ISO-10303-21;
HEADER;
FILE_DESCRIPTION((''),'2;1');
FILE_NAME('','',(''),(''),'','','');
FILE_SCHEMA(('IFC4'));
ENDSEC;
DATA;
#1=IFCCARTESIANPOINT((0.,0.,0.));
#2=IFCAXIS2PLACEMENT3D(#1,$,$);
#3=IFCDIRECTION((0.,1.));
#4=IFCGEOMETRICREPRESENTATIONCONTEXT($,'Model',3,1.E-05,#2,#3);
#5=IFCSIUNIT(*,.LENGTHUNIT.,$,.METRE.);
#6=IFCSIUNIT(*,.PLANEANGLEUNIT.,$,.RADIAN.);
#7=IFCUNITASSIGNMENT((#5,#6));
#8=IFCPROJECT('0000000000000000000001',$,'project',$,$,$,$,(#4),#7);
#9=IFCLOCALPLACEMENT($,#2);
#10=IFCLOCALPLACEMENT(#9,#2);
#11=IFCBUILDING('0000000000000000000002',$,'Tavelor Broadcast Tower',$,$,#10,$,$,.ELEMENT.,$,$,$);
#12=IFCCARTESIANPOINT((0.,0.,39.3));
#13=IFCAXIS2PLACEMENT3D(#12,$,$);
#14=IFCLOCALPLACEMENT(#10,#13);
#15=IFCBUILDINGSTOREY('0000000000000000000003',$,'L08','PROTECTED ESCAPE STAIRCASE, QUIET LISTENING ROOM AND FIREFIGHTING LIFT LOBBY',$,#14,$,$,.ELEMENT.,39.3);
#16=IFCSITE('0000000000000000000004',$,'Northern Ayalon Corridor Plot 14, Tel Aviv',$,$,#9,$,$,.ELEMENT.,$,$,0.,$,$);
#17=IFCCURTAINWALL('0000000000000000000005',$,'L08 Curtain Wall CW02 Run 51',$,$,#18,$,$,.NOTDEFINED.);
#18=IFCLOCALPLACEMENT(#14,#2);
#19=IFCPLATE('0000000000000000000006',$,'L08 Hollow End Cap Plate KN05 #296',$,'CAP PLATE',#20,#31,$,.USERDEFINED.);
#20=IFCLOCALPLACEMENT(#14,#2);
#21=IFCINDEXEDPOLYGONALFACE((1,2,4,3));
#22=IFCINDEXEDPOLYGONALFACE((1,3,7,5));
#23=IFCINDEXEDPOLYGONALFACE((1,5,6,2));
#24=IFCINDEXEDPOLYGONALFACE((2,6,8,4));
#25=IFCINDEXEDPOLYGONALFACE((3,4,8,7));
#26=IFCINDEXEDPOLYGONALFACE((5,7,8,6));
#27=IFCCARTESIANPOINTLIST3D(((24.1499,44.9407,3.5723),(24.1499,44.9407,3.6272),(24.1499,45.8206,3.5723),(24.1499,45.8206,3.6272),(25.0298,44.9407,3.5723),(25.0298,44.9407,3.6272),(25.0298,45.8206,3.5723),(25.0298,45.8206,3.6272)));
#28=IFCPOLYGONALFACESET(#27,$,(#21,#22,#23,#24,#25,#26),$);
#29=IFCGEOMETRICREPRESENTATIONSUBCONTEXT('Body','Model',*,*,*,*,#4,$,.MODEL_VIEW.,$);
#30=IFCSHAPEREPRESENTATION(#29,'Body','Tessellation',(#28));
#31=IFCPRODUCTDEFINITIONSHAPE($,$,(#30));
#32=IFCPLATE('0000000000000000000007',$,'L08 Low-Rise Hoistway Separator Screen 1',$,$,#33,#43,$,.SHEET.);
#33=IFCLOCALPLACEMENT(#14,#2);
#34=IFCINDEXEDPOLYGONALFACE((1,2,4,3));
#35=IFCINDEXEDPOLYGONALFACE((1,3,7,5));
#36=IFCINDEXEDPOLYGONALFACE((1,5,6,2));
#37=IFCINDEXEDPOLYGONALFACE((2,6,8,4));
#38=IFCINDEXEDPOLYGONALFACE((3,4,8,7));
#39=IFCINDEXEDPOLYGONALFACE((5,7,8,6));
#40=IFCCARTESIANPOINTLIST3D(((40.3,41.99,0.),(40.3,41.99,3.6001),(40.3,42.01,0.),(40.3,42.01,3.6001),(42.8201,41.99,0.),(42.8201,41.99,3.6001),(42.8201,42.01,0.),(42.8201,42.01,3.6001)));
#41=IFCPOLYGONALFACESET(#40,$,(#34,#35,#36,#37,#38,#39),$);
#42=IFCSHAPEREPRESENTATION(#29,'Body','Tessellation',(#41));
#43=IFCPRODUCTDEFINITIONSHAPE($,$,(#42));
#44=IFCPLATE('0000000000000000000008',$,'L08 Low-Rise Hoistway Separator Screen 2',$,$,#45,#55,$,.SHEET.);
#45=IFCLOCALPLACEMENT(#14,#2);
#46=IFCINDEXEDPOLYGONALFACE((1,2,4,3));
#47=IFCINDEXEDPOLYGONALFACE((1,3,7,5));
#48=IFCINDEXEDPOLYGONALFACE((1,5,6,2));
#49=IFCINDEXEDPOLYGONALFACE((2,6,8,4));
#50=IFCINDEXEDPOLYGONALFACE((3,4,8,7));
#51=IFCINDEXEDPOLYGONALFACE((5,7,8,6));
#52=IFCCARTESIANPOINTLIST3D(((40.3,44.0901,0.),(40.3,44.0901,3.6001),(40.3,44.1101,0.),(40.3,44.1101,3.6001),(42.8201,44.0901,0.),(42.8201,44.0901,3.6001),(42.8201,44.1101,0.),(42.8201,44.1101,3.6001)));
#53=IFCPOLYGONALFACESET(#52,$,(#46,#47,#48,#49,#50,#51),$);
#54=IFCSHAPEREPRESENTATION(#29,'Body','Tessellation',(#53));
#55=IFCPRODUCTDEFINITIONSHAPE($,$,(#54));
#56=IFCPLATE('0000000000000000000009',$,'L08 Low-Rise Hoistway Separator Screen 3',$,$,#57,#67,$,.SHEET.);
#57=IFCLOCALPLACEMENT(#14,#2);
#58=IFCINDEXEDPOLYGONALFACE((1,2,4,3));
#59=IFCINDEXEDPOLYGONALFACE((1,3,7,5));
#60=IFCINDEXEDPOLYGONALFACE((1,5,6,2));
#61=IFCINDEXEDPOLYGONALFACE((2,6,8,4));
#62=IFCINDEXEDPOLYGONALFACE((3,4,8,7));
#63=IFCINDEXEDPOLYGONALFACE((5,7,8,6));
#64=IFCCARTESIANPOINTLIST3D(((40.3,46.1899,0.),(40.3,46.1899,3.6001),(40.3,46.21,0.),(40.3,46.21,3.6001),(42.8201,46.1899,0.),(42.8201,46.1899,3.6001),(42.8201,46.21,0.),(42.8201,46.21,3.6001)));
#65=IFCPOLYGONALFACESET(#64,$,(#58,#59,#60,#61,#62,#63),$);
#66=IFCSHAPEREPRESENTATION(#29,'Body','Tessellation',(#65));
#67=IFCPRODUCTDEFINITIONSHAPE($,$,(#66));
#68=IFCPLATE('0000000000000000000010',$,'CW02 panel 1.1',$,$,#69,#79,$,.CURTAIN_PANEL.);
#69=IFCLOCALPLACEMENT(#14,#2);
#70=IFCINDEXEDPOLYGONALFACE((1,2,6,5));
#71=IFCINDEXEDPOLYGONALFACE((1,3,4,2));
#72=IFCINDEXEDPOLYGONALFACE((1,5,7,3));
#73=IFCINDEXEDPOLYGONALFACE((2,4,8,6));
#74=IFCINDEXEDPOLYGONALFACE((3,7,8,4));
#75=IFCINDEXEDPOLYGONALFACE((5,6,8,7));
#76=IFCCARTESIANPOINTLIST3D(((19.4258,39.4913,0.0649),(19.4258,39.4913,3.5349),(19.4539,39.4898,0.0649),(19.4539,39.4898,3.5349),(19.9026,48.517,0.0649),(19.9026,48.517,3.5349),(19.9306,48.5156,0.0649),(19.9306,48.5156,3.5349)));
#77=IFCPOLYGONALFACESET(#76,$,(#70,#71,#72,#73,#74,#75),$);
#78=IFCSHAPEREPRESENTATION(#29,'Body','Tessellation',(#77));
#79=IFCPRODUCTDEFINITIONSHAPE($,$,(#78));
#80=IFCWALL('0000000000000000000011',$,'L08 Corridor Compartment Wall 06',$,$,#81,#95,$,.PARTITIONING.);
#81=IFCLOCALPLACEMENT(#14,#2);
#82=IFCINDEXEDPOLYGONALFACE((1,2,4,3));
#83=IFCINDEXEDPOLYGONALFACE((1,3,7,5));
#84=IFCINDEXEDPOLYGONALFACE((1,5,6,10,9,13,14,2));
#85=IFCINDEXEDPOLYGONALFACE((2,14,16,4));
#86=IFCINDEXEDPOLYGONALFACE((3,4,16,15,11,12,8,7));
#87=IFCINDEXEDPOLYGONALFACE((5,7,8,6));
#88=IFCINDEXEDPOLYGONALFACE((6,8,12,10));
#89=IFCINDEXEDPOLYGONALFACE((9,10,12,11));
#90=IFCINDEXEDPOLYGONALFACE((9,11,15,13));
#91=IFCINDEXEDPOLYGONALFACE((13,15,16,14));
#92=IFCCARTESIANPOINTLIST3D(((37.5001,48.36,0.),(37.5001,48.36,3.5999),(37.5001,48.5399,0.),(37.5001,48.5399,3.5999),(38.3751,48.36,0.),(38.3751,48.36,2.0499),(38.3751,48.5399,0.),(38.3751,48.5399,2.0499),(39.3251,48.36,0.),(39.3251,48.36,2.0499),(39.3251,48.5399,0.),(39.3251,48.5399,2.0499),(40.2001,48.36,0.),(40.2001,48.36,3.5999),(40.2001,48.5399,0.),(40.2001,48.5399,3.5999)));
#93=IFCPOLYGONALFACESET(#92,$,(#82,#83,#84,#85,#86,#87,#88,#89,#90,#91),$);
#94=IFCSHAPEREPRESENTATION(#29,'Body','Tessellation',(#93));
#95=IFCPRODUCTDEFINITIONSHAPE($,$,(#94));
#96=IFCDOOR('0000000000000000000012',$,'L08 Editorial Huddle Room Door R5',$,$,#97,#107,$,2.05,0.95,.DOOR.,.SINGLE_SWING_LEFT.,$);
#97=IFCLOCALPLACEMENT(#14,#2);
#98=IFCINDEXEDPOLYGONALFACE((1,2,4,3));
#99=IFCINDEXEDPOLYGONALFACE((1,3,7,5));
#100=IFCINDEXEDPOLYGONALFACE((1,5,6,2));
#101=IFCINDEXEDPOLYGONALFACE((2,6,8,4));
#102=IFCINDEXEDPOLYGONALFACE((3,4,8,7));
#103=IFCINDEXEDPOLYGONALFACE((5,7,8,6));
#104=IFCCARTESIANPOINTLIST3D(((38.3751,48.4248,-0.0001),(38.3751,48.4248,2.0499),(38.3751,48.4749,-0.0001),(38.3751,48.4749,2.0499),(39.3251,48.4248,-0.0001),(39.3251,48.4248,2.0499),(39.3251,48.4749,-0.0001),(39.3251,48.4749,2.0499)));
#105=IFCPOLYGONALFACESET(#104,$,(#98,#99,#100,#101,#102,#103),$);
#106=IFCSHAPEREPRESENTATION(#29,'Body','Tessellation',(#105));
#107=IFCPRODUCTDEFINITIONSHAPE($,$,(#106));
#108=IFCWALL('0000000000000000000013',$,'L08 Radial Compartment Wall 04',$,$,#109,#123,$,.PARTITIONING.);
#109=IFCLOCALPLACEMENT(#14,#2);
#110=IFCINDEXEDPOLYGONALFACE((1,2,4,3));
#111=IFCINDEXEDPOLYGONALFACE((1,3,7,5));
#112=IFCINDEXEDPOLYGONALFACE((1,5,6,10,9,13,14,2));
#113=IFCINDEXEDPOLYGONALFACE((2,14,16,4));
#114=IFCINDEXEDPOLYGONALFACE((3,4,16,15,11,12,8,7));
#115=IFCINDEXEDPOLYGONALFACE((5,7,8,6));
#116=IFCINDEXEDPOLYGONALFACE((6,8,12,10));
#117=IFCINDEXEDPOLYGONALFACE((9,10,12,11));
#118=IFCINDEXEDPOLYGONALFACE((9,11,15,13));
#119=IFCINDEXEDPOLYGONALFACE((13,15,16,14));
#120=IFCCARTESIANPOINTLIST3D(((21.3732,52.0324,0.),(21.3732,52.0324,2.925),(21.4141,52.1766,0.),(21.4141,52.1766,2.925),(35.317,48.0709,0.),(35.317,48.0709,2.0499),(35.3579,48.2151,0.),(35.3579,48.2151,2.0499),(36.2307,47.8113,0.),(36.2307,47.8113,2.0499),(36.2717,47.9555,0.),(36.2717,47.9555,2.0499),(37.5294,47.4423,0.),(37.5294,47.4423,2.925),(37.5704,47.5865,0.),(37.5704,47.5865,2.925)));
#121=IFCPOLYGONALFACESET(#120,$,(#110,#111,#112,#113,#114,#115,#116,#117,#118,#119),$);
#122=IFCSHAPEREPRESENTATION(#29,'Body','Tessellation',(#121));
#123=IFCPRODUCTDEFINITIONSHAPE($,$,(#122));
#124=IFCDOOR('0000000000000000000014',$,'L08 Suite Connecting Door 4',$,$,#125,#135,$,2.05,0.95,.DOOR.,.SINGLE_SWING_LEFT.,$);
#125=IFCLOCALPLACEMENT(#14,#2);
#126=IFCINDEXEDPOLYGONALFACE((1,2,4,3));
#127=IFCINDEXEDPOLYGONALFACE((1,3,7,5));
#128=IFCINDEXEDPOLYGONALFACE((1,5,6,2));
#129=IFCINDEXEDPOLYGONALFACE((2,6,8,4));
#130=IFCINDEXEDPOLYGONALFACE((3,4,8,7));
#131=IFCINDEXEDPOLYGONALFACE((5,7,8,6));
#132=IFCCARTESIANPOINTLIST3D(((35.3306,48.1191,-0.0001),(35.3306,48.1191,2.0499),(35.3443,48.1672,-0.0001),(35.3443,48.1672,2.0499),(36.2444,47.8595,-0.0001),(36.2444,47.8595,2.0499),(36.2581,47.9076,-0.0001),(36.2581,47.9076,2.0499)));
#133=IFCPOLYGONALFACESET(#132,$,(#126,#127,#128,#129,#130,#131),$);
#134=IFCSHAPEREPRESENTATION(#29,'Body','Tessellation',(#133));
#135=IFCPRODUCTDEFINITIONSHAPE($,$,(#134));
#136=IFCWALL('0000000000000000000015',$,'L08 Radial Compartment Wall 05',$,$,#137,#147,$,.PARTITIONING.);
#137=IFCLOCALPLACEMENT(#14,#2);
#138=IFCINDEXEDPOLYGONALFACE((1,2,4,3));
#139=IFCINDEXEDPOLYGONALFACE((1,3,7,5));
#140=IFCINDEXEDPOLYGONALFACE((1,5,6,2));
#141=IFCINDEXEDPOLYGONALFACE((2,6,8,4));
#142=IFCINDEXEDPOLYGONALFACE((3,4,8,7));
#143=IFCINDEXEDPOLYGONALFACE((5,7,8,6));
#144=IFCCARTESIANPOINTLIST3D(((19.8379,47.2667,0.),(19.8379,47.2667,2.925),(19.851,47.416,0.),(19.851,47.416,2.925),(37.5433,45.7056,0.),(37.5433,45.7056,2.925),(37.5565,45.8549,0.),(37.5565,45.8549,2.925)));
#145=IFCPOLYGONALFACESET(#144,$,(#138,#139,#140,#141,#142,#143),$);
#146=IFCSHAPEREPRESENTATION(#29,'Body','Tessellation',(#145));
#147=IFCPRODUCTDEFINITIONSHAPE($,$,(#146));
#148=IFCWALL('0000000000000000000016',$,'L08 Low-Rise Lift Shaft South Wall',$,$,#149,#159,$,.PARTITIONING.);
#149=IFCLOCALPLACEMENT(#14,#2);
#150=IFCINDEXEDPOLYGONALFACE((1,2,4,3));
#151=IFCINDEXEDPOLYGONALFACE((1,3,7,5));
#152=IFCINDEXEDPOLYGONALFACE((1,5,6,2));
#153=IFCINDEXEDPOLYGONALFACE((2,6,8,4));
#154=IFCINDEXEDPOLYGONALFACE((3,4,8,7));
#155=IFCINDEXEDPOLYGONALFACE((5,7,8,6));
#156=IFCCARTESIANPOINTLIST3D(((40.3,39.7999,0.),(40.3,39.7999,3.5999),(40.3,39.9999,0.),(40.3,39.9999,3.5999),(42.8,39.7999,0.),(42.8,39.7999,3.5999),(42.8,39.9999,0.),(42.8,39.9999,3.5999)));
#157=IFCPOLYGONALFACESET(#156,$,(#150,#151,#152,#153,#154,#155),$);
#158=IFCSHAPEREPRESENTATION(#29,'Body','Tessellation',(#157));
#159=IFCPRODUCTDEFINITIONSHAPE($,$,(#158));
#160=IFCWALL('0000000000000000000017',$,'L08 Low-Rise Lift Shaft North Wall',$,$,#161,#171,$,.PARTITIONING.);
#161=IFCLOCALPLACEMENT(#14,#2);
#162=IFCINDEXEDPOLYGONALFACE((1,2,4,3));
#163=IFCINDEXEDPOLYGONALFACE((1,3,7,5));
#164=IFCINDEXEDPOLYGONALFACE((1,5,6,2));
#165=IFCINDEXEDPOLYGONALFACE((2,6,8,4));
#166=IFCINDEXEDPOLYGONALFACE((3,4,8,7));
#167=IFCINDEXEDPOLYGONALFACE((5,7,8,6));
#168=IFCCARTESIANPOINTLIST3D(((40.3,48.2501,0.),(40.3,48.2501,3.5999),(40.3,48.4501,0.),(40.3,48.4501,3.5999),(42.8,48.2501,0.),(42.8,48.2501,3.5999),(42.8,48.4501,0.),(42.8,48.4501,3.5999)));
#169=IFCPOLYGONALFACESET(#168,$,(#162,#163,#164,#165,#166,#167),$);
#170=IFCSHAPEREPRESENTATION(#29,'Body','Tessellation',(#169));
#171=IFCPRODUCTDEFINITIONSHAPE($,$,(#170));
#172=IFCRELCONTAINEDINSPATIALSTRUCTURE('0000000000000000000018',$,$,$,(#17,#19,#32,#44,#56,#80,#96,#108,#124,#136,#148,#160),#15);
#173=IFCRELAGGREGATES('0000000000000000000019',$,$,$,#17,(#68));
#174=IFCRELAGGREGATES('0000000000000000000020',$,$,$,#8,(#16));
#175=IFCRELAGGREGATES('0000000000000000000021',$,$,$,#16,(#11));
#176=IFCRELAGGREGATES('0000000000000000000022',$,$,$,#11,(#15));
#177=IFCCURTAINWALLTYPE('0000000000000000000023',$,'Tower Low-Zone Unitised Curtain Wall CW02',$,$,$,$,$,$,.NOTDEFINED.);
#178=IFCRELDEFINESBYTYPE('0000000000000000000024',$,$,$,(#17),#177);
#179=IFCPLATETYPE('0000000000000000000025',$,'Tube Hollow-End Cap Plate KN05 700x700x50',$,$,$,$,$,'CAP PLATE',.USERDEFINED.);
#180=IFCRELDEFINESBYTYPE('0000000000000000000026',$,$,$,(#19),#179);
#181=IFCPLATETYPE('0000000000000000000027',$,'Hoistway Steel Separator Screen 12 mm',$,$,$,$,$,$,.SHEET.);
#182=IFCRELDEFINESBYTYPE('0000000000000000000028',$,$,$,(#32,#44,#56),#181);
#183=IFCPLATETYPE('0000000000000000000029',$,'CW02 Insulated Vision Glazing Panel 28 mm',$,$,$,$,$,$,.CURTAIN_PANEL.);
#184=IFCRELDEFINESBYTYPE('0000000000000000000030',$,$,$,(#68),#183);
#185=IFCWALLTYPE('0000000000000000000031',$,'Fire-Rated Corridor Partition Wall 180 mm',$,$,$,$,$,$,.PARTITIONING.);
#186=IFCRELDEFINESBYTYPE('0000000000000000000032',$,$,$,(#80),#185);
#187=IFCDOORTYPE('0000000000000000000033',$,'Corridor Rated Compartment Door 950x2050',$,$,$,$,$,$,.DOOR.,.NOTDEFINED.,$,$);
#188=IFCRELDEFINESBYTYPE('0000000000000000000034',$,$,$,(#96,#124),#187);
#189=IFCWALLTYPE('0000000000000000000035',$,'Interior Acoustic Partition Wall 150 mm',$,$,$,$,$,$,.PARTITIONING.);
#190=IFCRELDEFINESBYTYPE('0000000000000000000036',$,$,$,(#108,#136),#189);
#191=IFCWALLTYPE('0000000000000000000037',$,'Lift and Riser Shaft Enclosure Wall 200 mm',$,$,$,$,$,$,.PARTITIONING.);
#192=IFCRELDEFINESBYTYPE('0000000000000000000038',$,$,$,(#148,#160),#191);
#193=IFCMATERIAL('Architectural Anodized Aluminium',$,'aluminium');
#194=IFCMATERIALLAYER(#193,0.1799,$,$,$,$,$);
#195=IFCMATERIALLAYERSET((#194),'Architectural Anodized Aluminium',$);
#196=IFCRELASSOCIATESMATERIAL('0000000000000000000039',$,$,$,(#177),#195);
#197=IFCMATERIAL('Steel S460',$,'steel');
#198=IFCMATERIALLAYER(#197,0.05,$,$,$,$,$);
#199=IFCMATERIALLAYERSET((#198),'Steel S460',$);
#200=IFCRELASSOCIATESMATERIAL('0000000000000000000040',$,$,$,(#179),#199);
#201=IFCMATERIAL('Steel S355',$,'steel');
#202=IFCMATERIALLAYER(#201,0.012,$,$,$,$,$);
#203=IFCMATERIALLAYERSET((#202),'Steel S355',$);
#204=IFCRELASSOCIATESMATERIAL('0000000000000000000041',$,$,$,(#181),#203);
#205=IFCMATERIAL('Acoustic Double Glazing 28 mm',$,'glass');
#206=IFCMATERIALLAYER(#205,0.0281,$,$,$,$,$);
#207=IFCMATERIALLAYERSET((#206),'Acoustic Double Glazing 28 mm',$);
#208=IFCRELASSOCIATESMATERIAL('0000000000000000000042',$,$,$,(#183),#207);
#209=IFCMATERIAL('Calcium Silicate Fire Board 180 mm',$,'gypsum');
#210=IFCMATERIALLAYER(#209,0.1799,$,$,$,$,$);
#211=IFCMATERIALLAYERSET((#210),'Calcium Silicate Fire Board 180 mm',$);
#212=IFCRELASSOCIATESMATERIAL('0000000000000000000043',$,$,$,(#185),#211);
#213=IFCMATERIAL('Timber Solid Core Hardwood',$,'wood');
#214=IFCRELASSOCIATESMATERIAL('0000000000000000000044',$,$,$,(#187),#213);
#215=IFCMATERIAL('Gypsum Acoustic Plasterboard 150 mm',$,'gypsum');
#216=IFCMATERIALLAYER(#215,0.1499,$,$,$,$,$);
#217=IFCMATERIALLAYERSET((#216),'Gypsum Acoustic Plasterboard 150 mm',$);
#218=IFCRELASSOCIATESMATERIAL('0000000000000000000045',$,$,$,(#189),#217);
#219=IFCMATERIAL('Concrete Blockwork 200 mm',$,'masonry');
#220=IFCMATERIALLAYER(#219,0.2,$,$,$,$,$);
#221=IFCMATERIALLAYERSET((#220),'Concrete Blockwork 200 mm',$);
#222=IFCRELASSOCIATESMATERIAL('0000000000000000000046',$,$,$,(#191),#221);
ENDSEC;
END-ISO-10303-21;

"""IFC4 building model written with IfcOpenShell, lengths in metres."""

from ifc_helpers import new_model, si_unit, direction, frame, frame_2d, origin, origin_2d, place, context, subcontext, project, spatial, rectangle, extrude, source, transform, mapped, material, layer, layer_set, type_object, type_shapes, element, fill, aggregate, save


model = new_model("IFC4")

# Units and contexts
model_context = context("Model", 3, precision=1e-05, world=origin(), true_north=direction((0.0, 1.0)))
body_context = subcontext(model_context, "Body", "Model", "MODEL_VIEW")
ifc_project = project(units=[si_unit("LENGTHUNIT", "METRE"), si_unit("PLANEANGLEUNIT", "RADIAN")], contexts=[model_context])

# Site, building, storey
site_placement = place(None, origin())
site = spatial("IfcSite", under=ifc_project, at=site_placement, Name="Northern Ayalon Corridor Plot 14, Tel Aviv", CompositionType="ELEMENT", RefElevation=0.0)
building_placement = place(site_placement, origin())
building = spatial("IfcBuilding", under=site, at=building_placement, Name="Tavelor Broadcast Tower", CompositionType="ELEMENT")
storey_placement = place(building_placement, frame((0.0, 0.0, 39.3)))
storey = spatial("IfcBuildingStorey", under=building, at=storey_placement, Name="L08", Description="PROTECTED ESCAPE STAIRCASE, QUIET LISTENING ROOM AND FIREFIGHTING LIFT LOBBY", CompositionType="ELEMENT", Elevation=39.3)

# Shared definitions
ifc_material_1 = material(Name="Steel S460", Category="steel")

# Shared definitions
ifc_material_2 = material(Name="Steel S355", Category="steel")

# Shared definitions
ifc_material_3 = material(Name="Architectural Anodized Aluminium", Category="aluminium")
ifc_layer_1 = layer(ifc_material_3, 0.1799)
ifc_layer_set_1 = layer_set([ifc_layer_1], Name="Architectural Anodized Aluminium")
curtain_wall_type = type_object("IfcCurtainWallType", Name="Tower Low-Zone Unitised Curtain Wall CW02", PredefinedType="NOTDEFINED", material=ifc_layer_set_1)

# Curtain wall
curtain_wall_1_placement = place(storey_placement, origin())
curtain_wall_1 = element("IfcCurtainWall", 1, at=curtain_wall_1_placement, inside=storey, type_object=curtain_wall_type, Name="L08 Curtain Wall CW02 Run 51", PredefinedType="NOTDEFINED")

# Plates
ifc_layer_2 = layer(ifc_material_1, 0.05)
ifc_layer_set_2 = layer_set([ifc_layer_2], Name="Steel S460")
plate_type_1 = type_object("IfcPlateType", Name="Tube Hollow-End Cap Plate KN05 700x700x50", ElementType="CAP PLATE", PredefinedType="USERDEFINED", material=ifc_layer_set_2)
shared_shape_1 = source(origin(), body_context, "Body", "SweptSolid", [
    extrude(rectangle(XDim=0.8799, YDim=0.8799, at=origin_2d()), origin(), (0.0, 0.0, 1.0), 0.0549),
])
type_shapes(plate_type_1, [shared_shape_1])
plate_1_placement = place(storey_placement, frame((24.5898, 45.3806, 3.5723), z_axis=(0.0, 0.0, 1.0), x_axis=(1.0, 0.0, 0.0)))
element("IfcPlate", 2, at=plate_1_placement, inside=storey, type_object=plate_type_1, Name="L08 Hollow End Cap Plate KN05 #296", ObjectType="CAP PLATE", PredefinedType="USERDEFINED", context=body_context, shape_type="MappedRepresentation", body=[
    mapped(shared_shape_1, transform((0.0, 0.0, 0.0), scale=1.0)),
])
ifc_layer_3 = layer(ifc_material_2, 0.012)
ifc_layer_set_3 = layer_set([ifc_layer_3], Name="Steel S355")
plate_type_2 = type_object("IfcPlateType", Name="Hoistway Steel Separator Screen 12 mm", PredefinedType="SHEET", material=ifc_layer_set_3)
shared_shape_2 = source(origin(), body_context, "Body", "SweptSolid", [
    extrude(rectangle(XDim=2.52, YDim=0.02, at=origin_2d()), origin(), (0.0, 0.0, 1.0), 3.6001),
])
type_shapes(plate_type_2, [shared_shape_2])
for number, where, z_axis, x_axis, name in (
    (3, (41.5601, 42.0, 0.0), (0.0, 0.0, 1.0), (1.0, 0.0, 0.0), "L08 Low-Rise Hoistway Separator Screen 1"),
    (4, (41.5601, 44.1001, 0.0), (0.0, 0.0, 1.0), (1.0, 0.0, 0.0), "L08 Low-Rise Hoistway Separator Screen 2"),
    (5, (41.5601, 46.2, 0.0), (0.0, 0.0, 1.0), (1.0, 0.0, 0.0), "L08 Low-Rise Hoistway Separator Screen 3"),
):
    element("IfcPlate", number, at=place(storey_placement, frame(where, z_axis=z_axis, x_axis=x_axis)), inside=storey, type_object=plate_type_2, Name=name, PredefinedType="SHEET", context=body_context, shape_type="MappedRepresentation", body=[
        mapped(shared_shape_2, transform((0.0, 0.0, 0.0), scale=1.0)),
    ])

# Plate
ifc_material_4 = material(Name="Acoustic Double Glazing 28 mm", Category="glass")
ifc_layer_4 = layer(ifc_material_4, 0.0281)
ifc_layer_set_4 = layer_set([ifc_layer_4], Name="Acoustic Double Glazing 28 mm")
plate_type_3 = type_object("IfcPlateType", Name="CW02 Insulated Vision Glazing Panel 28 mm", PredefinedType="CURTAIN_PANEL", material=ifc_layer_set_4)
shared_shape_3 = source(origin(), body_context, "Body", "SweptSolid", [
    extrude(rectangle(XDim=9.0383, YDim=0.0281, at=origin_2d()), origin(), (0.0, 0.0, 1.0), 3.47),
])
type_shapes(plate_type_3, [shared_shape_3])
plate_2_placement = place(storey_placement, frame((19.6782, 44.0034, 0.0649), z_axis=(0.0, 0.0, 1.0), x_axis=(-0.052747, -0.998608, 0.0)))
plate_2 = element("IfcPlate", 6, at=plate_2_placement, type_object=plate_type_3, Name="CW02 panel 1.1", PredefinedType="CURTAIN_PANEL", context=body_context, shape_type="MappedRepresentation", body=[
    mapped(shared_shape_3, transform((0.0, 0.0, 0.0), scale=1.0)),
])
aggregate(curtain_wall_1, [plate_2])

# Walls, openings, doors
ifc_material_5 = material(Name="Calcium Silicate Fire Board 180 mm", Category="gypsum")
ifc_layer_5 = layer(ifc_material_5, 0.1799)
ifc_layer_set_5 = layer_set([ifc_layer_5], Name="Calcium Silicate Fire Board 180 mm")
wall_type_1 = type_object("IfcWallType", Name="Fire-Rated Corridor Partition Wall 180 mm", PredefinedType="PARTITIONING", material=ifc_layer_set_5)
wall_1_placement = place(storey_placement, frame((37.5, 48.45, 0.0), z_axis=(0.0, 0.0, 1.0), x_axis=(1.0, 0.0, 0.0)))
wall_1 = element("IfcWall", 7, at=wall_1_placement, inside=storey, type_object=wall_type_1, Name="L08 Corridor Compartment Wall 06", PredefinedType="PARTITIONING", context=body_context, shape_type="SweptSolid", body=[
    extrude(rectangle(XDim=2.7, YDim=0.1799, at=frame_2d((1.3501, 0.0))), origin(), (0.0, 0.0, 1.0), 3.5999),
])
opening_1_placement = place(wall_1_placement, frame((0.875, 0.0, 0.0)))
opening_1 = element("IfcOpeningElement", 8, at=opening_1_placement, cuts=wall_1, PredefinedType="OPENING", context=body_context, shape_type="SweptSolid", body=[
    extrude(rectangle(XDim=0.95, YDim=2.05, at=frame_2d((0.4751, 1.0249))), frame((0.0, 0.1001, 0.0), z_axis=(0.0, -1.0, 0.0), x_axis=(1.0, 0.0, 0.0)), (0.0, 0.0, 1.0), 0.2),
])
ifc_material_6 = material(Name="Timber Solid Core Hardwood", Category="wood")
door_type_1 = type_object("IfcDoorType", Name="Corridor Rated Compartment Door 950x2050", OperationType="NOTDEFINED", PredefinedType="DOOR", material=ifc_material_6)
door_1_placement = place(opening_1_placement, origin())
door_1 = element("IfcDoor", 9, at=door_1_placement, inside=storey, type_object=door_type_1, Name="L08 Editorial Huddle Room Door R5", OperationType="SINGLE_SWING_LEFT", OverallHeight=2.05, OverallWidth=0.95, PredefinedType="DOOR", context=body_context, shape_type="SweptSolid", body=[
    extrude(rectangle(XDim=0.95, YDim=2.05, at=frame_2d((0.4751, 1.0249))), frame((0.0, 0.0249, 0.0), z_axis=(0.0, -1.0, 0.0), x_axis=(1.0, 0.0, 0.0)), (0.0, 0.0, 1.0), 0.05),
])
fill(opening_1, door_1)
ifc_material_7 = material(Name="Gypsum Acoustic Plasterboard 150 mm", Category="gypsum")
ifc_layer_6 = layer(ifc_material_7, 0.1499)
ifc_layer_set_6 = layer_set([ifc_layer_6], Name="Gypsum Acoustic Plasterboard 150 mm")
wall_type_2 = type_object("IfcWallType", Name="Interior Acoustic Partition Wall 150 mm", PredefinedType="PARTITIONING", material=ifc_layer_set_6)
wall_2_placement = place(storey_placement, frame((37.55, 47.5144, 0.0), z_axis=(0.0, 0.0, 1.0), x_axis=(-0.961932, 0.273291, 0.0)))
wall_2 = element("IfcWall", 10, at=wall_2_placement, inside=storey, type_object=wall_type_2, Name="L08 Radial Compartment Wall 04", PredefinedType="PARTITIONING", context=body_context, shape_type="SweptSolid", body=[
    extrude(rectangle(XDim=16.7957, YDim=0.1499, at=frame_2d((8.3979, 0.0))), origin(), (0.0, 0.0, 1.0), 2.925),
])
opening_2_placement = place(wall_2_placement, frame((1.3501, 0.0, 0.0)))
opening_2 = element("IfcOpeningElement", 11, at=opening_2_placement, cuts=wall_2, PredefinedType="OPENING", context=body_context, shape_type="SweptSolid", body=[
    extrude(rectangle(XDim=0.95, YDim=2.05, at=frame_2d((0.4751, 1.0249))), frame((0.0, 0.085, 0.0), z_axis=(0.0, -1.0, 0.0), x_axis=(1.0, 0.0, 0.0)), (0.0, 0.0, 1.0), 0.1699),
])
door_2_placement = place(opening_2_placement, origin())
door_2 = element("IfcDoor", 12, at=door_2_placement, inside=storey, type_object=door_type_1, Name="L08 Suite Connecting Door 4", OperationType="SINGLE_SWING_LEFT", OverallHeight=2.05, OverallWidth=0.95, PredefinedType="DOOR", context=body_context, shape_type="SweptSolid", body=[
    extrude(rectangle(XDim=0.95, YDim=2.05, at=frame_2d((0.4751, 1.0249))), frame((0.0, 0.0249, 0.0), z_axis=(0.0, -1.0, 0.0), x_axis=(1.0, 0.0, 0.0)), (0.0, 0.0, 1.0), 0.05),
])
fill(opening_2, door_2)

# Wall
wall_3_placement = place(storey_placement, frame((37.55, 45.7803, 0.0), z_axis=(0.0, 0.0, 1.0), x_axis=(-0.996136, 0.087826, 0.0)))
element("IfcWall", 13, at=wall_3_placement, inside=storey, type_object=wall_type_2, Name="L08 Radial Compartment Wall 05", PredefinedType="PARTITIONING", context=body_context, shape_type="SweptSolid", body=[
    extrude(rectangle(XDim=17.7742, YDim=0.1499, at=frame_2d((8.8872, 0.0))), origin(), (0.0, 0.0, 1.0), 2.925),
])

# Shared definitions
ifc_material_8 = material(Name="Concrete Blockwork 200 mm", Category="masonry")

# Walls
ifc_layer_7 = layer(ifc_material_8, 0.2)
ifc_layer_set_7 = layer_set([ifc_layer_7], Name="Concrete Blockwork 200 mm")
wall_type_3 = type_object("IfcWallType", Name="Lift and Riser Shaft Enclosure Wall 200 mm", PredefinedType="PARTITIONING", material=ifc_layer_set_7)
for number, where, z_axis, x_axis, name in (
    (14, (40.3, 39.8999, 0.0), (0.0, 0.0, 1.0), (1.0, 0.0, 0.0), "L08 Low-Rise Lift Shaft South Wall"),
    (15, (40.3, 48.3501, 0.0), (0.0, 0.0, 1.0), (1.0, 0.0, 0.0), "L08 Low-Rise Lift Shaft North Wall"),
):
    element("IfcWall", number, at=place(storey_placement, frame(where, z_axis=z_axis, x_axis=x_axis)), inside=storey, type_object=wall_type_3, Name=name, PredefinedType="PARTITIONING", context=body_context, shape_type="SweptSolid", body=[
        extrude(rectangle(XDim=2.5, YDim=0.2, at=frame_2d((1.25, 0.0))), origin(), (0.0, 0.0, 1.0), 3.5999),
    ])

save(model, "model.ifc")
